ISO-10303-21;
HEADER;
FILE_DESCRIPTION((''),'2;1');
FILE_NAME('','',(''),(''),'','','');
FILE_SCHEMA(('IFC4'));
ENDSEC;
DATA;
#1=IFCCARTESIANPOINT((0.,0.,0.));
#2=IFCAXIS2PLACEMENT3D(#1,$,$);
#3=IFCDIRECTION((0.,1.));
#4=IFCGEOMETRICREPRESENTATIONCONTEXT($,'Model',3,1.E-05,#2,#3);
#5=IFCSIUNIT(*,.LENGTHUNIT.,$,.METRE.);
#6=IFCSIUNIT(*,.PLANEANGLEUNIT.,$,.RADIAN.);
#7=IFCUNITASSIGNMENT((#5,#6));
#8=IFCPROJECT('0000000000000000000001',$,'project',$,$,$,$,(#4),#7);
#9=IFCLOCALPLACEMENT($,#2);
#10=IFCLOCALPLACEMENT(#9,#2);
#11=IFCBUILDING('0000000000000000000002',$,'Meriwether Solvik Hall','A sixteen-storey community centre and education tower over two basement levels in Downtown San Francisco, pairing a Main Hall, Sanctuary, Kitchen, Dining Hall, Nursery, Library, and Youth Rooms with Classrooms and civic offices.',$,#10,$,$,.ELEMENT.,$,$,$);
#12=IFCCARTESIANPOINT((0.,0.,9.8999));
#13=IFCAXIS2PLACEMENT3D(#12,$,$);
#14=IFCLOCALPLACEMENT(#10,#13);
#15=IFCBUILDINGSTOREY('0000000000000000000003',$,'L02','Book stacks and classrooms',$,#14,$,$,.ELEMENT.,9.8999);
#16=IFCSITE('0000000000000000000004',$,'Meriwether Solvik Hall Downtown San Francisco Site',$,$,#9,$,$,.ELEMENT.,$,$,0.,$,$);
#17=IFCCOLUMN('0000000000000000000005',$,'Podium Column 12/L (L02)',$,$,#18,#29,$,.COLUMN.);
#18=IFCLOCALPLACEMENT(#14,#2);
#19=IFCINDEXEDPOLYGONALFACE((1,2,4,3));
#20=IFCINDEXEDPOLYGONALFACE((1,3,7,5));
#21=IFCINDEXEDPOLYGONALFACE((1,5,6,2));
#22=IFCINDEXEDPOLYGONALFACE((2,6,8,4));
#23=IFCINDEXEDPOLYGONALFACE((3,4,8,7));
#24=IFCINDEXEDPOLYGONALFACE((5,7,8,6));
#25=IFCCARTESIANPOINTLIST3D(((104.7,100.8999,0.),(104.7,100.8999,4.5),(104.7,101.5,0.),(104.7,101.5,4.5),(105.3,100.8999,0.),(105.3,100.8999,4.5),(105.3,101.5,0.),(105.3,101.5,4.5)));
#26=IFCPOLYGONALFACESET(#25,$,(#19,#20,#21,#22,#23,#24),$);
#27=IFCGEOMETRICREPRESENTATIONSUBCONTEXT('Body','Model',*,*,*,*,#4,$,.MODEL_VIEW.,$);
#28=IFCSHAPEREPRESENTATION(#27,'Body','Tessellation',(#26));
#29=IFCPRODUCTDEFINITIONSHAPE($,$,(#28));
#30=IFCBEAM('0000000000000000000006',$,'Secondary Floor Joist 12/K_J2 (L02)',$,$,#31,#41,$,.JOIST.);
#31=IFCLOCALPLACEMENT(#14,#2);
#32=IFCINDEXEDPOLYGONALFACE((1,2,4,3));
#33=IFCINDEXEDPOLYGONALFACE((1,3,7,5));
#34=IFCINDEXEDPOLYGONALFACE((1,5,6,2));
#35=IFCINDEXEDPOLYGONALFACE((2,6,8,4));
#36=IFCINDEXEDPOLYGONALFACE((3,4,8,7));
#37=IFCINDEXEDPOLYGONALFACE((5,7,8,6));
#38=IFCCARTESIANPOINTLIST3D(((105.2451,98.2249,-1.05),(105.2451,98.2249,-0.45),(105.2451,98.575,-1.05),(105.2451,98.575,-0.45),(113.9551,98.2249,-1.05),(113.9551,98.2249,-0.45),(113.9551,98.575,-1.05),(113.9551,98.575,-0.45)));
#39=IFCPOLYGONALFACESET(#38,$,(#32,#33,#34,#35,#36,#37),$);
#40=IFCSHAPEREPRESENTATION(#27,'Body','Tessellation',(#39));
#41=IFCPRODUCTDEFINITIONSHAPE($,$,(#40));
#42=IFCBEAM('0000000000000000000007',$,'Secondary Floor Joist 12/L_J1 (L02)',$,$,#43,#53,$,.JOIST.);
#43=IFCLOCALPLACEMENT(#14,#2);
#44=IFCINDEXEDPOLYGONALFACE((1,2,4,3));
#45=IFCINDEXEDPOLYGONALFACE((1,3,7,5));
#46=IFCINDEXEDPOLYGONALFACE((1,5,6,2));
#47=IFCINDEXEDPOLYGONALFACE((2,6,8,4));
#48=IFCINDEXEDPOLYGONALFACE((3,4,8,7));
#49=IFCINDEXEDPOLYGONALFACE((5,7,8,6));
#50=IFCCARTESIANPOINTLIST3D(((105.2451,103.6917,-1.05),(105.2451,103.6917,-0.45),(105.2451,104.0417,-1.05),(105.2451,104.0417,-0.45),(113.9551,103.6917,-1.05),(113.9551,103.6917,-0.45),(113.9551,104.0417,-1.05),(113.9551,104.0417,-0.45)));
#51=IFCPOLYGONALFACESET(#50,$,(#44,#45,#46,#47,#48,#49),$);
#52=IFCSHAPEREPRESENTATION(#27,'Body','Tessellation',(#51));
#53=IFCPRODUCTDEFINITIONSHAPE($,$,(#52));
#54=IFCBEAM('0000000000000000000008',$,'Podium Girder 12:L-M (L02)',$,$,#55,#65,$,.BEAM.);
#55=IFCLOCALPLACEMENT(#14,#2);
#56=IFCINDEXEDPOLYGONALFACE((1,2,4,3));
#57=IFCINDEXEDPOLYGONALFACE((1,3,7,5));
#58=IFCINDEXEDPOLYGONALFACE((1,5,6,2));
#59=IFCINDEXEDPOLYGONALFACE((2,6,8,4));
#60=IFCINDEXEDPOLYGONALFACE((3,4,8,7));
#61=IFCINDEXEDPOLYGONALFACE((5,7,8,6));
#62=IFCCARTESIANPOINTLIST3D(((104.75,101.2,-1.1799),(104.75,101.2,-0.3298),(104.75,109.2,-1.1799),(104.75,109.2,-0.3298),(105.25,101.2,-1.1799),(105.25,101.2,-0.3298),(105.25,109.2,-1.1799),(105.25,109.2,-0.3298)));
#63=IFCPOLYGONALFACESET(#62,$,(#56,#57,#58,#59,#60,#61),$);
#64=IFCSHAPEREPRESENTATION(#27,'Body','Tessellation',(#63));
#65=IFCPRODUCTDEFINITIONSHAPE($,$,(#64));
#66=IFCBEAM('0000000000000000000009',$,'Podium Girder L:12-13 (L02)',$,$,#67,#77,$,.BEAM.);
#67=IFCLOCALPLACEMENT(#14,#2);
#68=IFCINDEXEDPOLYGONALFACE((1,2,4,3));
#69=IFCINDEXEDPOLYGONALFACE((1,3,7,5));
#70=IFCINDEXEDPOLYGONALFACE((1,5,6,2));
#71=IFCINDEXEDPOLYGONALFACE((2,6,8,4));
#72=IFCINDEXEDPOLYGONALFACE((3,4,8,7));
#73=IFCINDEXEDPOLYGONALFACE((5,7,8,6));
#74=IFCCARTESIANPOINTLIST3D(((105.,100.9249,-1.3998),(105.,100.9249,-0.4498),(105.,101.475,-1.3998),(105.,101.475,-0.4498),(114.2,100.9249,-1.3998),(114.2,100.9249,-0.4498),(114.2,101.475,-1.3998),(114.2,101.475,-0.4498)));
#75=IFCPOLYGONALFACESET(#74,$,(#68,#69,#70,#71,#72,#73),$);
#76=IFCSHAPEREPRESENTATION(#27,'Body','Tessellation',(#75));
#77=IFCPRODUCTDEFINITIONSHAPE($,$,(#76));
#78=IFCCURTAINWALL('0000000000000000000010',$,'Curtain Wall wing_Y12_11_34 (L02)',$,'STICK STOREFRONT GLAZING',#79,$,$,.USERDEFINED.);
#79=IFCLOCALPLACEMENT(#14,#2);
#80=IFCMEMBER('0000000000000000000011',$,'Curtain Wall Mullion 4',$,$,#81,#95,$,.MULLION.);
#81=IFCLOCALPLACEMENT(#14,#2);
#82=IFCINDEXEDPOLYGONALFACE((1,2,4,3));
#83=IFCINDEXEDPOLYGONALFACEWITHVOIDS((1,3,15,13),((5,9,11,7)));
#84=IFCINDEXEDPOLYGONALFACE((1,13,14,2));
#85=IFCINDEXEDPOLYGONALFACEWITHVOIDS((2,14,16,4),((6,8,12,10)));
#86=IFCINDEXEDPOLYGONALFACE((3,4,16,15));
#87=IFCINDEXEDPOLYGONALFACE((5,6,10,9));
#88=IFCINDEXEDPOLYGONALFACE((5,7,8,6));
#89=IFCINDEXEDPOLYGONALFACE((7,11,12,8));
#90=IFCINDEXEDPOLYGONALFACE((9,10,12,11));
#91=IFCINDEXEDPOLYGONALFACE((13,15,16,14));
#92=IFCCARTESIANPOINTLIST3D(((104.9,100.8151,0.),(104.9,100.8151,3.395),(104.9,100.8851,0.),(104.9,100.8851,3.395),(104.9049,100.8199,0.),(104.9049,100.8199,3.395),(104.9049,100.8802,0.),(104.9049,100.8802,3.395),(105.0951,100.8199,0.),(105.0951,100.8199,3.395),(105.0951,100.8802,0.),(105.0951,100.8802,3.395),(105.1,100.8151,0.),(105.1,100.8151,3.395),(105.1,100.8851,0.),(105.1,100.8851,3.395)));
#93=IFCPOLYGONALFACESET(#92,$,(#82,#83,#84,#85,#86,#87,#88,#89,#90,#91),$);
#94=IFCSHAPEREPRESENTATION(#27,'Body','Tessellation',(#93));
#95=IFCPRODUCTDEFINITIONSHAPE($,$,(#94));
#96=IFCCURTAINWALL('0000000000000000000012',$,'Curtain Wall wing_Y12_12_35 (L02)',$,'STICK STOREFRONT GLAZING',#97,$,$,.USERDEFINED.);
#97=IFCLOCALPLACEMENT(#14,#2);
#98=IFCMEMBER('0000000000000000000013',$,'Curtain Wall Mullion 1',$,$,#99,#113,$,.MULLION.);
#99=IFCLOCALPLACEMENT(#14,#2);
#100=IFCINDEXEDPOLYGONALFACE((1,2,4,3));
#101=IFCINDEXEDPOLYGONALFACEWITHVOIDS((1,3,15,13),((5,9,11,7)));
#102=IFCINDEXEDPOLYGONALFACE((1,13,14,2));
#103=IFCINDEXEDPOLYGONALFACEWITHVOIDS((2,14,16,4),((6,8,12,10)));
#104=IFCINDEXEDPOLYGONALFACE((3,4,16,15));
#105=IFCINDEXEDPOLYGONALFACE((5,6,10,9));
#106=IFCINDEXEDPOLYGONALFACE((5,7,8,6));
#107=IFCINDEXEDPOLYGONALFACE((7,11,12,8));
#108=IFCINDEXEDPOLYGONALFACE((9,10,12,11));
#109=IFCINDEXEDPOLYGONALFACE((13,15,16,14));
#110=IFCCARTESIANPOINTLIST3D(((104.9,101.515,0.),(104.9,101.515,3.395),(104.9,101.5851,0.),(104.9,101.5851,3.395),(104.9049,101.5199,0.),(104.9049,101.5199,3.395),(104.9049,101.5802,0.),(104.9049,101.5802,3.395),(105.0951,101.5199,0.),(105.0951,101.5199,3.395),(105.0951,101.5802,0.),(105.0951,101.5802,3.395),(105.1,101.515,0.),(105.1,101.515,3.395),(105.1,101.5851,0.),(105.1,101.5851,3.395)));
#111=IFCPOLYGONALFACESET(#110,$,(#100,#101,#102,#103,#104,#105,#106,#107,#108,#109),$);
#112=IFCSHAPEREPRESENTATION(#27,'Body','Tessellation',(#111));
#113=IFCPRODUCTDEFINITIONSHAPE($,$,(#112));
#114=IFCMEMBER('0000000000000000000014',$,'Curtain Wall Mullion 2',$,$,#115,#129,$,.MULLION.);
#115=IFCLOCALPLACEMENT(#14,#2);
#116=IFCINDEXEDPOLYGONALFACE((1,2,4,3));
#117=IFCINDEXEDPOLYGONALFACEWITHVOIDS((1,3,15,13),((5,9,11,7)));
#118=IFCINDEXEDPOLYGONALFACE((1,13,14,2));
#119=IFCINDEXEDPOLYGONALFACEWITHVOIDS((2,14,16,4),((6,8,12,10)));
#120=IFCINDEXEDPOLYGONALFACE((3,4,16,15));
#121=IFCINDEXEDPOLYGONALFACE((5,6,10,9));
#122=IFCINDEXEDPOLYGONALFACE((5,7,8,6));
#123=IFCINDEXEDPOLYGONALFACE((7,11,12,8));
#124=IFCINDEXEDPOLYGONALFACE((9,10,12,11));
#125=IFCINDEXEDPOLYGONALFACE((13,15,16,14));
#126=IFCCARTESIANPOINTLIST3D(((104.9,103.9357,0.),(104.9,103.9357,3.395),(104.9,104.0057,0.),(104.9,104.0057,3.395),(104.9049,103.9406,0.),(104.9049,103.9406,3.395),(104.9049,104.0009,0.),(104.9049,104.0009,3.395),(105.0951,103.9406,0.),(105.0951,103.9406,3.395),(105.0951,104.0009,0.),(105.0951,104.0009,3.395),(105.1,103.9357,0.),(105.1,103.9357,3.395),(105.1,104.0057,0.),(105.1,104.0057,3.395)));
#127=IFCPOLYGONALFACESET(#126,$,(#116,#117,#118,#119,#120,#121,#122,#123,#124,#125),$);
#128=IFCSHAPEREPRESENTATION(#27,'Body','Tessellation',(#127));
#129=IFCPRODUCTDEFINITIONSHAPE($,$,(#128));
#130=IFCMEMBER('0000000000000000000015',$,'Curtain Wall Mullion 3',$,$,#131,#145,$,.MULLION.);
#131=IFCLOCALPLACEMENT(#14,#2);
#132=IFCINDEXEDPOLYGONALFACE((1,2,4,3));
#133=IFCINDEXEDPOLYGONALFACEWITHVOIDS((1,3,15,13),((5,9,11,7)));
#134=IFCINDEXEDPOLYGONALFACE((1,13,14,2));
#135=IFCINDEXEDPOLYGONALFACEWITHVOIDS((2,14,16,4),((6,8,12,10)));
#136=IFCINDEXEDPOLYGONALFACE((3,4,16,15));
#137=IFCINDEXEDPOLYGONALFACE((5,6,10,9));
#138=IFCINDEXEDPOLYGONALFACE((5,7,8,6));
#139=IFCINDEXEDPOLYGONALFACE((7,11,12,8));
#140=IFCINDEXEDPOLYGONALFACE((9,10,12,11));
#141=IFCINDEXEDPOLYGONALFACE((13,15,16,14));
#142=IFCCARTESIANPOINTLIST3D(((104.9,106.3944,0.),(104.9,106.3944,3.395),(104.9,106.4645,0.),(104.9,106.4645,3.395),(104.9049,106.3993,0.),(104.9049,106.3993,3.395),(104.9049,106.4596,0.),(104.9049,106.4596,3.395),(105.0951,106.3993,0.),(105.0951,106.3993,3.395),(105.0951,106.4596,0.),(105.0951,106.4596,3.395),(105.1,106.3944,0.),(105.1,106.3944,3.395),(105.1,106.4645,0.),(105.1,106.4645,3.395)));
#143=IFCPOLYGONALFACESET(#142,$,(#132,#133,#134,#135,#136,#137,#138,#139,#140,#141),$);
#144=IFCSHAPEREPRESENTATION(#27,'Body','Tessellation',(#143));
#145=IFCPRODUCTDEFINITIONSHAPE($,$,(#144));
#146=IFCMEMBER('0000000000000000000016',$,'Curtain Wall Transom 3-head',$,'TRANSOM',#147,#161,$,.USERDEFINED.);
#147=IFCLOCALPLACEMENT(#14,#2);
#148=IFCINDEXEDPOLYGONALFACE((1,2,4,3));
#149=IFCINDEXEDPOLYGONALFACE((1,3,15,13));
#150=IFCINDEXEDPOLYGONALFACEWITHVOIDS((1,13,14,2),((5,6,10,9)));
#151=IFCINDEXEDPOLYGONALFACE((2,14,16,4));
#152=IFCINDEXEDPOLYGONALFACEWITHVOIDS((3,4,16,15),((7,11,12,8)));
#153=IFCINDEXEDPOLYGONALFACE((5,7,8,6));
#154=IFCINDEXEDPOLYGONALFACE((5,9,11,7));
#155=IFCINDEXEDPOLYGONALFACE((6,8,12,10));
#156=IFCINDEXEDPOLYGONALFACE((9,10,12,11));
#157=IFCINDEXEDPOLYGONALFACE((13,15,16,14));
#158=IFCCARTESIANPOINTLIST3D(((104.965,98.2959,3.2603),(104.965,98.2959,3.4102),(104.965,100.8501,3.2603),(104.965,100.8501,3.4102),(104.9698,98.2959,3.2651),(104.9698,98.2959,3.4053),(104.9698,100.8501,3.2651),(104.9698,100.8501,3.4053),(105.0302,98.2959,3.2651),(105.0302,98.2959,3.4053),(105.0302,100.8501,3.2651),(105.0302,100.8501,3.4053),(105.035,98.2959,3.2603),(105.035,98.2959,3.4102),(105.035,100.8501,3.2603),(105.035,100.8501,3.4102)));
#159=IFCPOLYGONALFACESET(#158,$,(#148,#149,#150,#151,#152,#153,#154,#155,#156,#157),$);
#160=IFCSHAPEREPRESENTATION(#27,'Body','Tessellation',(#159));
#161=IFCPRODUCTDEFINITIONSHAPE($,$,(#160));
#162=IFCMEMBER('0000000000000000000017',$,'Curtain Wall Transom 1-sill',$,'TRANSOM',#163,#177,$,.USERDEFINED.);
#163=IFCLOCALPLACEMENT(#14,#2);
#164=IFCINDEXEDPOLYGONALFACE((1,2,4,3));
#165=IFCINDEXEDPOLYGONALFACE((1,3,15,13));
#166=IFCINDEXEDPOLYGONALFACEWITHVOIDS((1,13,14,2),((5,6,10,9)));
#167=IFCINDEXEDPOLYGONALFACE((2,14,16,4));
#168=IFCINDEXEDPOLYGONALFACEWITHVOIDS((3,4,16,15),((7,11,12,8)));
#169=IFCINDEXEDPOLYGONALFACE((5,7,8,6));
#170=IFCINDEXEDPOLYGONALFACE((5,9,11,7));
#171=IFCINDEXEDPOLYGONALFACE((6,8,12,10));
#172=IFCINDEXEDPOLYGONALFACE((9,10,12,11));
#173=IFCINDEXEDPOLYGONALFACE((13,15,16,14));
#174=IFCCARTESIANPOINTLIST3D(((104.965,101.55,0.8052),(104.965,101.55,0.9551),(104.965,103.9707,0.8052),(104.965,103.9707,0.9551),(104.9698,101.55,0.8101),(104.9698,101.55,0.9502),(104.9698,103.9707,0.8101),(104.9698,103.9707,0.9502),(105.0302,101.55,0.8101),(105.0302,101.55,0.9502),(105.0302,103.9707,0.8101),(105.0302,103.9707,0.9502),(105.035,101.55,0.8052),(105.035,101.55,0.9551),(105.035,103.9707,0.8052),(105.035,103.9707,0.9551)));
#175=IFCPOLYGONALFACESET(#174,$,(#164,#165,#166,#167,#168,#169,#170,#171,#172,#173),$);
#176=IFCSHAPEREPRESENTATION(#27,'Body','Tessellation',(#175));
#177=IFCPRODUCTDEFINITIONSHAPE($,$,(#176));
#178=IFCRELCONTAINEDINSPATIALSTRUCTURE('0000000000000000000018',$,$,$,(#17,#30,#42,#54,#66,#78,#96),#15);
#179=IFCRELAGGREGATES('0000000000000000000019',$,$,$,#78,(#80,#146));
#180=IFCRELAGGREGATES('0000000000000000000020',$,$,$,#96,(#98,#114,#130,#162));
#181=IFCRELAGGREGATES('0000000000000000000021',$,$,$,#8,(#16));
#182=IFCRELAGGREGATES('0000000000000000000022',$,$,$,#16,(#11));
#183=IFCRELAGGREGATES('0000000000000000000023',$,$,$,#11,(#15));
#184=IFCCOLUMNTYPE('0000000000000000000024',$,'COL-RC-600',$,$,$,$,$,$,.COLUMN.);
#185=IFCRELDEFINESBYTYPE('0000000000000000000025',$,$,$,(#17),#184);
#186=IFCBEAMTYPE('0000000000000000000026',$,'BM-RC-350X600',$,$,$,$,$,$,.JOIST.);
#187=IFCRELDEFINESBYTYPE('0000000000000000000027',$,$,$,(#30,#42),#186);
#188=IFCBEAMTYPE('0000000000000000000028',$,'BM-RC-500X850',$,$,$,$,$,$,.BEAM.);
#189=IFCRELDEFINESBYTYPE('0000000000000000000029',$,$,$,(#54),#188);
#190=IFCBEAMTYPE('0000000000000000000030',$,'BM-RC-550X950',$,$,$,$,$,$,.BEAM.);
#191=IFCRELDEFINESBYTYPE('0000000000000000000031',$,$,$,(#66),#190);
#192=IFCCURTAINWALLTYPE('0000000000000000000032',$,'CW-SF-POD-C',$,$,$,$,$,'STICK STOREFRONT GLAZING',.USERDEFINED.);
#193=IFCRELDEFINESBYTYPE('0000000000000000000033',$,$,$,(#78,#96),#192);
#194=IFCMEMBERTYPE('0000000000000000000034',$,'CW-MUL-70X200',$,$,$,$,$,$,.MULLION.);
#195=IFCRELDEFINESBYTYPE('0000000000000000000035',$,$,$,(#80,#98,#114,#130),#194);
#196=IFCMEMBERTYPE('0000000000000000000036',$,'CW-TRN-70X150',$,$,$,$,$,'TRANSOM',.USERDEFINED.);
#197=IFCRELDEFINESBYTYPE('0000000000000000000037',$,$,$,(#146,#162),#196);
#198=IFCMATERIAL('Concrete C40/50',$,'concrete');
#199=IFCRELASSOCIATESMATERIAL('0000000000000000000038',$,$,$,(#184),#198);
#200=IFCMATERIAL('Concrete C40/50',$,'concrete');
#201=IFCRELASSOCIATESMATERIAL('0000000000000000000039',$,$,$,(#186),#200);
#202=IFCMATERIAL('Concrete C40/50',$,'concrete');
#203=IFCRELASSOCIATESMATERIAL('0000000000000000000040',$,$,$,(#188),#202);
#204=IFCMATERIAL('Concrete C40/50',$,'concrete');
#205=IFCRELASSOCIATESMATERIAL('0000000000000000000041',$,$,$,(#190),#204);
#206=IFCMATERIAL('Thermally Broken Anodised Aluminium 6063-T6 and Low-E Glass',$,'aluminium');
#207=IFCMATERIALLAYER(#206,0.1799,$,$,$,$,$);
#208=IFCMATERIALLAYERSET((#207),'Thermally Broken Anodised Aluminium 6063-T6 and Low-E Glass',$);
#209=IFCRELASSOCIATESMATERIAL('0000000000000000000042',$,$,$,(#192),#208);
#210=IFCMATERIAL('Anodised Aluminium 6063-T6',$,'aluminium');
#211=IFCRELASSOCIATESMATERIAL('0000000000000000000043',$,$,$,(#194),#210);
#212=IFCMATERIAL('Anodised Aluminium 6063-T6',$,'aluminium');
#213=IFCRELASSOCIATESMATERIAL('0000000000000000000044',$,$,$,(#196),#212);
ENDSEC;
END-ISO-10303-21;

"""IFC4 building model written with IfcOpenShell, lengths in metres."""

from ifc_helpers import new_model, si_unit, direction, frame, origin, origin_2d, place, context, subcontext, project, spatial, rectangle, hollow_rectangle, extrude, material, layer, layer_set, material_profile, profile_set, type_object, element, aggregate, save


model = new_model("IFC4")

# Units and contexts
model_context = context("Model", 3, precision=1e-05, world=origin(), true_north=direction((0.0, 1.0)))
body_context = subcontext(model_context, "Body", "Model", "MODEL_VIEW")
ifc_project = project(units=[si_unit("LENGTHUNIT", "METRE"), si_unit("PLANEANGLEUNIT", "RADIAN")], contexts=[model_context])

# Site, building, storey
site_placement = place(None, origin())
site = spatial("IfcSite", under=ifc_project, at=site_placement, Name="Meriwether Solvik Hall Downtown San Francisco Site", CompositionType="ELEMENT", RefElevation=0.0)
building_placement = place(site_placement, origin())
building = spatial("IfcBuilding", under=site, at=building_placement, Name="Meriwether Solvik Hall", Description="A sixteen-storey community centre and education tower over two basement levels in Downtown San Francisco, pairing a Main Hall, Sanctuary, Kitchen, Dining Hall, Nursery, Library, and Youth Rooms with Classrooms and civic offices.", CompositionType="ELEMENT")
storey_placement = place(building_placement, frame((0.0, 0.0, 9.8999)))
storey = spatial("IfcBuildingStorey", under=building, at=storey_placement, Name="L02", Description="Book stacks and classrooms", CompositionType="ELEMENT", Elevation=9.8999)

# Column
ifc_material_1 = material(Name="Concrete C40/50", Category="concrete")
ifc_material_profile_1 = material_profile(ifc_material_1, rectangle(XDim=0.6001, YDim=0.6001, at=origin_2d()), Name="RCC-600X600")
ifc_profile_set_1 = profile_set([ifc_material_profile_1], Name="Concrete C40/50")
column_type = type_object("IfcColumnType", Name="COL-RC-600", PredefinedType="COLUMN", material=ifc_profile_set_1)
column_placement = place(storey_placement, frame((105.0, 101.2, 0.0), z_axis=(0.0, 0.0, 1.0), x_axis=(1.0, 0.0, 0.0)))
element("IfcColumn", 1, at=column_placement, inside=storey, type_object=column_type, Name="Podium Column 12/L (L02)", PredefinedType="COLUMN", context=body_context, shape_type="SweptSolid", body=[
    extrude(rectangle(XDim=0.6001, YDim=0.6001, at=origin_2d()), origin(), (0.0, 0.0, 1.0), 4.5),
])

# Beams
ifc_material_2 = material(Name="Concrete C40/50", Category="concrete")
ifc_material_profile_2 = material_profile(ifc_material_2, rectangle(XDim=0.3501, YDim=0.6001, at=origin_2d()), Name="RCB-350X600")
ifc_profile_set_2 = profile_set([ifc_material_profile_2], Name="Concrete C40/50")
beam_type_1 = type_object("IfcBeamType", Name="BM-RC-350X600", PredefinedType="JOIST", material=ifc_profile_set_2)
for number, where, z_axis, x_axis, name in (
    (2, (105.2451, 98.3999, -0.75), (1.0, 0.0, 0.0), (0.0, 1.0, 0.0), "Secondary Floor Joist 12/K_J2 (L02)"),
    (3, (105.2451, 103.8667, -0.75), (1.0, 0.0, 0.0), (0.0, 1.0, 0.0), "Secondary Floor Joist 12/L_J1 (L02)"),
):
    element("IfcBeam", number, at=place(storey_placement, frame(where, z_axis=z_axis, x_axis=x_axis)), inside=storey, type_object=beam_type_1, Name=name, PredefinedType="JOIST", context=body_context, shape_type="SweptSolid", body=[
        extrude(rectangle(XDim=0.3501, YDim=0.6001, at=origin_2d()), origin(), (0.0, 0.0, 1.0), 8.71),
    ])
ifc_material_3 = material(Name="Concrete C40/50", Category="concrete")
ifc_material_profile_3 = material_profile(ifc_material_3, rectangle(XDim=0.5, YDim=0.8501, at=origin_2d()), Name="RCB-500X850")
ifc_profile_set_3 = profile_set([ifc_material_profile_3], Name="Concrete C40/50")
beam_type_2 = type_object("IfcBeamType", Name="BM-RC-500X850", PredefinedType="BEAM", material=ifc_profile_set_3)
beam_1_placement = place(storey_placement, frame((105.0, 101.2, -0.7549), z_axis=(0.0, 1.0, 0.0), x_axis=(-1.0, 0.0, 0.0)))
element("IfcBeam", 4, at=beam_1_placement, inside=storey, type_object=beam_type_2, Name="Podium Girder 12:L-M (L02)", PredefinedType="BEAM", context=body_context, shape_type="SweptSolid", body=[
    extrude(rectangle(XDim=0.5, YDim=0.8501, at=origin_2d()), origin(), (0.0, 0.0, 1.0), 8.0),
])
ifc_material_4 = material(Name="Concrete C40/50", Category="concrete")
ifc_material_profile_4 = material_profile(ifc_material_4, rectangle(XDim=0.55, YDim=0.95, at=origin_2d()), Name="RCB-550X950")
ifc_profile_set_4 = profile_set([ifc_material_profile_4], Name="Concrete C40/50")
beam_type_3 = type_object("IfcBeamType", Name="BM-RC-550X950", PredefinedType="BEAM", material=ifc_profile_set_4)
beam_2_placement = place(storey_placement, frame((105.0, 101.2, -0.9248), z_axis=(1.0, 0.0, 0.0), x_axis=(0.0, 1.0, 0.0)))
element("IfcBeam", 5, at=beam_2_placement, inside=storey, type_object=beam_type_3, Name="Podium Girder L:12-13 (L02)", PredefinedType="BEAM", context=body_context, shape_type="SweptSolid", body=[
    extrude(rectangle(XDim=0.55, YDim=0.95, at=origin_2d()), origin(), (0.0, 0.0, 1.0), 9.2),
])

# Curtain wall, member
ifc_material_5 = material(Name="Thermally Broken Anodised Aluminium 6063-T6 and Low-E Glass", Category="aluminium")
ifc_layer_1 = layer(ifc_material_5, 0.1799)
ifc_layer_set_1 = layer_set([ifc_layer_1], Name="Thermally Broken Anodised Aluminium 6063-T6 and Low-E Glass")
curtain_wall_type = type_object("IfcCurtainWallType", Name="CW-SF-POD-C", ElementType="STICK STOREFRONT GLAZING", PredefinedType="USERDEFINED", material=ifc_layer_set_1)
curtain_wall_1_placement = place(storey_placement, origin())
curtain_wall_1 = element("IfcCurtainWall", 6, at=curtain_wall_1_placement, inside=storey, type_object=curtain_wall_type, Name="Curtain Wall wing_Y12_11_34 (L02)", ObjectType="STICK STOREFRONT GLAZING", PredefinedType="USERDEFINED")
ifc_material_6 = material(Name="Anodised Aluminium 6063-T6", Category="aluminium")
ifc_material_profile_5 = material_profile(ifc_material_6, hollow_rectangle(XDim=0.0701, YDim=0.2, WallThickness=0.0049, at=origin_2d()), Name="CWM-70X200")
ifc_profile_set_5 = profile_set([ifc_material_profile_5], Name="Anodised Aluminium 6063-T6")
member_type_1 = type_object("IfcMemberType", Name="CW-MUL-70X200", PredefinedType="MULLION", material=ifc_profile_set_5)
member_1_placement = place(storey_placement, frame((105.0, 100.8501, 0.0), z_axis=(0.0, 0.0, 1.0), x_axis=(0.0, 1.0, 0.0)))
member_1 = element("IfcMember", 7, at=member_1_placement, type_object=member_type_1, Name="Curtain Wall Mullion 4", PredefinedType="MULLION", context=body_context, shape_type="SweptSolid", body=[
    extrude(hollow_rectangle(XDim=0.0701, YDim=0.2, WallThickness=0.0049, at=origin_2d()), origin(), (0.0, 0.0, 1.0), 3.395),
])

# Curtain wall, members
curtain_wall_2_placement = place(storey_placement, origin())
curtain_wall_2 = element("IfcCurtainWall", 8, at=curtain_wall_2_placement, inside=storey, type_object=curtain_wall_type, Name="Curtain Wall wing_Y12_12_35 (L02)", ObjectType="STICK STOREFRONT GLAZING", PredefinedType="USERDEFINED")
member_2_placement = place(storey_placement, frame((105.0, 101.55, 0.0), z_axis=(0.0, 0.0, 1.0), x_axis=(0.0, 1.0, 0.0)))
member_2 = element("IfcMember", 9, at=member_2_placement, type_object=member_type_1, Name="Curtain Wall Mullion 1", PredefinedType="MULLION", context=body_context, shape_type="SweptSolid", body=[
    extrude(hollow_rectangle(XDim=0.0701, YDim=0.2, WallThickness=0.0049, at=origin_2d()), origin(), (0.0, 0.0, 1.0), 3.395),
])
member_3_placement = place(storey_placement, frame((105.0, 103.9707, 0.0), z_axis=(0.0, 0.0, 1.0), x_axis=(0.0, 1.0, 0.0)))
member_3 = element("IfcMember", 10, at=member_3_placement, type_object=member_type_1, Name="Curtain Wall Mullion 2", PredefinedType="MULLION", context=body_context, shape_type="SweptSolid", body=[
    extrude(hollow_rectangle(XDim=0.0701, YDim=0.2, WallThickness=0.0049, at=origin_2d()), origin(), (0.0, 0.0, 1.0), 3.395),
])
member_4_placement = place(storey_placement, frame((105.0, 106.4294, 0.0), z_axis=(0.0, 0.0, 1.0), x_axis=(0.0, 1.0, 0.0)))
member_4 = element("IfcMember", 11, at=member_4_placement, type_object=member_type_1, Name="Curtain Wall Mullion 3", PredefinedType="MULLION", context=body_context, shape_type="SweptSolid", body=[
    extrude(hollow_rectangle(XDim=0.0701, YDim=0.2, WallThickness=0.0049, at=origin_2d()), origin(), (0.0, 0.0, 1.0), 3.395),
])

# Members
ifc_material_7 = material(Name="Anodised Aluminium 6063-T6", Category="aluminium")
ifc_material_profile_6 = material_profile(ifc_material_7, hollow_rectangle(XDim=0.0701, YDim=0.1499, WallThickness=0.0049, at=origin_2d()), Name="CWT-70X150")
ifc_profile_set_6 = profile_set([ifc_material_profile_6], Name="Anodised Aluminium 6063-T6")
member_type_2 = type_object("IfcMemberType", Name="CW-TRN-70X150", ElementType="TRANSOM", PredefinedType="USERDEFINED", material=ifc_profile_set_6)
member_5_placement = place(storey_placement, frame((105.0, 98.2959, 3.3352), z_axis=(0.0, 1.0, 0.0), x_axis=(-1.0, 0.0, 0.0)))
member_5 = element("IfcMember", 12, at=member_5_placement, type_object=member_type_2, Name="Curtain Wall Transom 3-head", ObjectType="TRANSOM", PredefinedType="USERDEFINED", context=body_context, shape_type="SweptSolid", body=[
    extrude(hollow_rectangle(XDim=0.0701, YDim=0.1499, WallThickness=0.0049, at=origin_2d()), origin(), (0.0, 0.0, 1.0), 2.5542),
])
member_6_placement = place(storey_placement, frame((105.0, 101.55, 0.8801), z_axis=(0.0, 1.0, 0.0), x_axis=(-1.0, 0.0, 0.0)))
member_6 = element("IfcMember", 13, at=member_6_placement, type_object=member_type_2, Name="Curtain Wall Transom 1-sill", ObjectType="TRANSOM", PredefinedType="USERDEFINED", context=body_context, shape_type="SweptSolid", body=[
    extrude(hollow_rectangle(XDim=0.0701, YDim=0.1499, WallThickness=0.0049, at=origin_2d()), origin(), (0.0, 0.0, 1.0), 2.4207),
])

aggregate(curtain_wall_1, [member_1, member_5])
aggregate(curtain_wall_2, [member_2, member_3, member_4, member_6])

save(model, "model.ifc")
